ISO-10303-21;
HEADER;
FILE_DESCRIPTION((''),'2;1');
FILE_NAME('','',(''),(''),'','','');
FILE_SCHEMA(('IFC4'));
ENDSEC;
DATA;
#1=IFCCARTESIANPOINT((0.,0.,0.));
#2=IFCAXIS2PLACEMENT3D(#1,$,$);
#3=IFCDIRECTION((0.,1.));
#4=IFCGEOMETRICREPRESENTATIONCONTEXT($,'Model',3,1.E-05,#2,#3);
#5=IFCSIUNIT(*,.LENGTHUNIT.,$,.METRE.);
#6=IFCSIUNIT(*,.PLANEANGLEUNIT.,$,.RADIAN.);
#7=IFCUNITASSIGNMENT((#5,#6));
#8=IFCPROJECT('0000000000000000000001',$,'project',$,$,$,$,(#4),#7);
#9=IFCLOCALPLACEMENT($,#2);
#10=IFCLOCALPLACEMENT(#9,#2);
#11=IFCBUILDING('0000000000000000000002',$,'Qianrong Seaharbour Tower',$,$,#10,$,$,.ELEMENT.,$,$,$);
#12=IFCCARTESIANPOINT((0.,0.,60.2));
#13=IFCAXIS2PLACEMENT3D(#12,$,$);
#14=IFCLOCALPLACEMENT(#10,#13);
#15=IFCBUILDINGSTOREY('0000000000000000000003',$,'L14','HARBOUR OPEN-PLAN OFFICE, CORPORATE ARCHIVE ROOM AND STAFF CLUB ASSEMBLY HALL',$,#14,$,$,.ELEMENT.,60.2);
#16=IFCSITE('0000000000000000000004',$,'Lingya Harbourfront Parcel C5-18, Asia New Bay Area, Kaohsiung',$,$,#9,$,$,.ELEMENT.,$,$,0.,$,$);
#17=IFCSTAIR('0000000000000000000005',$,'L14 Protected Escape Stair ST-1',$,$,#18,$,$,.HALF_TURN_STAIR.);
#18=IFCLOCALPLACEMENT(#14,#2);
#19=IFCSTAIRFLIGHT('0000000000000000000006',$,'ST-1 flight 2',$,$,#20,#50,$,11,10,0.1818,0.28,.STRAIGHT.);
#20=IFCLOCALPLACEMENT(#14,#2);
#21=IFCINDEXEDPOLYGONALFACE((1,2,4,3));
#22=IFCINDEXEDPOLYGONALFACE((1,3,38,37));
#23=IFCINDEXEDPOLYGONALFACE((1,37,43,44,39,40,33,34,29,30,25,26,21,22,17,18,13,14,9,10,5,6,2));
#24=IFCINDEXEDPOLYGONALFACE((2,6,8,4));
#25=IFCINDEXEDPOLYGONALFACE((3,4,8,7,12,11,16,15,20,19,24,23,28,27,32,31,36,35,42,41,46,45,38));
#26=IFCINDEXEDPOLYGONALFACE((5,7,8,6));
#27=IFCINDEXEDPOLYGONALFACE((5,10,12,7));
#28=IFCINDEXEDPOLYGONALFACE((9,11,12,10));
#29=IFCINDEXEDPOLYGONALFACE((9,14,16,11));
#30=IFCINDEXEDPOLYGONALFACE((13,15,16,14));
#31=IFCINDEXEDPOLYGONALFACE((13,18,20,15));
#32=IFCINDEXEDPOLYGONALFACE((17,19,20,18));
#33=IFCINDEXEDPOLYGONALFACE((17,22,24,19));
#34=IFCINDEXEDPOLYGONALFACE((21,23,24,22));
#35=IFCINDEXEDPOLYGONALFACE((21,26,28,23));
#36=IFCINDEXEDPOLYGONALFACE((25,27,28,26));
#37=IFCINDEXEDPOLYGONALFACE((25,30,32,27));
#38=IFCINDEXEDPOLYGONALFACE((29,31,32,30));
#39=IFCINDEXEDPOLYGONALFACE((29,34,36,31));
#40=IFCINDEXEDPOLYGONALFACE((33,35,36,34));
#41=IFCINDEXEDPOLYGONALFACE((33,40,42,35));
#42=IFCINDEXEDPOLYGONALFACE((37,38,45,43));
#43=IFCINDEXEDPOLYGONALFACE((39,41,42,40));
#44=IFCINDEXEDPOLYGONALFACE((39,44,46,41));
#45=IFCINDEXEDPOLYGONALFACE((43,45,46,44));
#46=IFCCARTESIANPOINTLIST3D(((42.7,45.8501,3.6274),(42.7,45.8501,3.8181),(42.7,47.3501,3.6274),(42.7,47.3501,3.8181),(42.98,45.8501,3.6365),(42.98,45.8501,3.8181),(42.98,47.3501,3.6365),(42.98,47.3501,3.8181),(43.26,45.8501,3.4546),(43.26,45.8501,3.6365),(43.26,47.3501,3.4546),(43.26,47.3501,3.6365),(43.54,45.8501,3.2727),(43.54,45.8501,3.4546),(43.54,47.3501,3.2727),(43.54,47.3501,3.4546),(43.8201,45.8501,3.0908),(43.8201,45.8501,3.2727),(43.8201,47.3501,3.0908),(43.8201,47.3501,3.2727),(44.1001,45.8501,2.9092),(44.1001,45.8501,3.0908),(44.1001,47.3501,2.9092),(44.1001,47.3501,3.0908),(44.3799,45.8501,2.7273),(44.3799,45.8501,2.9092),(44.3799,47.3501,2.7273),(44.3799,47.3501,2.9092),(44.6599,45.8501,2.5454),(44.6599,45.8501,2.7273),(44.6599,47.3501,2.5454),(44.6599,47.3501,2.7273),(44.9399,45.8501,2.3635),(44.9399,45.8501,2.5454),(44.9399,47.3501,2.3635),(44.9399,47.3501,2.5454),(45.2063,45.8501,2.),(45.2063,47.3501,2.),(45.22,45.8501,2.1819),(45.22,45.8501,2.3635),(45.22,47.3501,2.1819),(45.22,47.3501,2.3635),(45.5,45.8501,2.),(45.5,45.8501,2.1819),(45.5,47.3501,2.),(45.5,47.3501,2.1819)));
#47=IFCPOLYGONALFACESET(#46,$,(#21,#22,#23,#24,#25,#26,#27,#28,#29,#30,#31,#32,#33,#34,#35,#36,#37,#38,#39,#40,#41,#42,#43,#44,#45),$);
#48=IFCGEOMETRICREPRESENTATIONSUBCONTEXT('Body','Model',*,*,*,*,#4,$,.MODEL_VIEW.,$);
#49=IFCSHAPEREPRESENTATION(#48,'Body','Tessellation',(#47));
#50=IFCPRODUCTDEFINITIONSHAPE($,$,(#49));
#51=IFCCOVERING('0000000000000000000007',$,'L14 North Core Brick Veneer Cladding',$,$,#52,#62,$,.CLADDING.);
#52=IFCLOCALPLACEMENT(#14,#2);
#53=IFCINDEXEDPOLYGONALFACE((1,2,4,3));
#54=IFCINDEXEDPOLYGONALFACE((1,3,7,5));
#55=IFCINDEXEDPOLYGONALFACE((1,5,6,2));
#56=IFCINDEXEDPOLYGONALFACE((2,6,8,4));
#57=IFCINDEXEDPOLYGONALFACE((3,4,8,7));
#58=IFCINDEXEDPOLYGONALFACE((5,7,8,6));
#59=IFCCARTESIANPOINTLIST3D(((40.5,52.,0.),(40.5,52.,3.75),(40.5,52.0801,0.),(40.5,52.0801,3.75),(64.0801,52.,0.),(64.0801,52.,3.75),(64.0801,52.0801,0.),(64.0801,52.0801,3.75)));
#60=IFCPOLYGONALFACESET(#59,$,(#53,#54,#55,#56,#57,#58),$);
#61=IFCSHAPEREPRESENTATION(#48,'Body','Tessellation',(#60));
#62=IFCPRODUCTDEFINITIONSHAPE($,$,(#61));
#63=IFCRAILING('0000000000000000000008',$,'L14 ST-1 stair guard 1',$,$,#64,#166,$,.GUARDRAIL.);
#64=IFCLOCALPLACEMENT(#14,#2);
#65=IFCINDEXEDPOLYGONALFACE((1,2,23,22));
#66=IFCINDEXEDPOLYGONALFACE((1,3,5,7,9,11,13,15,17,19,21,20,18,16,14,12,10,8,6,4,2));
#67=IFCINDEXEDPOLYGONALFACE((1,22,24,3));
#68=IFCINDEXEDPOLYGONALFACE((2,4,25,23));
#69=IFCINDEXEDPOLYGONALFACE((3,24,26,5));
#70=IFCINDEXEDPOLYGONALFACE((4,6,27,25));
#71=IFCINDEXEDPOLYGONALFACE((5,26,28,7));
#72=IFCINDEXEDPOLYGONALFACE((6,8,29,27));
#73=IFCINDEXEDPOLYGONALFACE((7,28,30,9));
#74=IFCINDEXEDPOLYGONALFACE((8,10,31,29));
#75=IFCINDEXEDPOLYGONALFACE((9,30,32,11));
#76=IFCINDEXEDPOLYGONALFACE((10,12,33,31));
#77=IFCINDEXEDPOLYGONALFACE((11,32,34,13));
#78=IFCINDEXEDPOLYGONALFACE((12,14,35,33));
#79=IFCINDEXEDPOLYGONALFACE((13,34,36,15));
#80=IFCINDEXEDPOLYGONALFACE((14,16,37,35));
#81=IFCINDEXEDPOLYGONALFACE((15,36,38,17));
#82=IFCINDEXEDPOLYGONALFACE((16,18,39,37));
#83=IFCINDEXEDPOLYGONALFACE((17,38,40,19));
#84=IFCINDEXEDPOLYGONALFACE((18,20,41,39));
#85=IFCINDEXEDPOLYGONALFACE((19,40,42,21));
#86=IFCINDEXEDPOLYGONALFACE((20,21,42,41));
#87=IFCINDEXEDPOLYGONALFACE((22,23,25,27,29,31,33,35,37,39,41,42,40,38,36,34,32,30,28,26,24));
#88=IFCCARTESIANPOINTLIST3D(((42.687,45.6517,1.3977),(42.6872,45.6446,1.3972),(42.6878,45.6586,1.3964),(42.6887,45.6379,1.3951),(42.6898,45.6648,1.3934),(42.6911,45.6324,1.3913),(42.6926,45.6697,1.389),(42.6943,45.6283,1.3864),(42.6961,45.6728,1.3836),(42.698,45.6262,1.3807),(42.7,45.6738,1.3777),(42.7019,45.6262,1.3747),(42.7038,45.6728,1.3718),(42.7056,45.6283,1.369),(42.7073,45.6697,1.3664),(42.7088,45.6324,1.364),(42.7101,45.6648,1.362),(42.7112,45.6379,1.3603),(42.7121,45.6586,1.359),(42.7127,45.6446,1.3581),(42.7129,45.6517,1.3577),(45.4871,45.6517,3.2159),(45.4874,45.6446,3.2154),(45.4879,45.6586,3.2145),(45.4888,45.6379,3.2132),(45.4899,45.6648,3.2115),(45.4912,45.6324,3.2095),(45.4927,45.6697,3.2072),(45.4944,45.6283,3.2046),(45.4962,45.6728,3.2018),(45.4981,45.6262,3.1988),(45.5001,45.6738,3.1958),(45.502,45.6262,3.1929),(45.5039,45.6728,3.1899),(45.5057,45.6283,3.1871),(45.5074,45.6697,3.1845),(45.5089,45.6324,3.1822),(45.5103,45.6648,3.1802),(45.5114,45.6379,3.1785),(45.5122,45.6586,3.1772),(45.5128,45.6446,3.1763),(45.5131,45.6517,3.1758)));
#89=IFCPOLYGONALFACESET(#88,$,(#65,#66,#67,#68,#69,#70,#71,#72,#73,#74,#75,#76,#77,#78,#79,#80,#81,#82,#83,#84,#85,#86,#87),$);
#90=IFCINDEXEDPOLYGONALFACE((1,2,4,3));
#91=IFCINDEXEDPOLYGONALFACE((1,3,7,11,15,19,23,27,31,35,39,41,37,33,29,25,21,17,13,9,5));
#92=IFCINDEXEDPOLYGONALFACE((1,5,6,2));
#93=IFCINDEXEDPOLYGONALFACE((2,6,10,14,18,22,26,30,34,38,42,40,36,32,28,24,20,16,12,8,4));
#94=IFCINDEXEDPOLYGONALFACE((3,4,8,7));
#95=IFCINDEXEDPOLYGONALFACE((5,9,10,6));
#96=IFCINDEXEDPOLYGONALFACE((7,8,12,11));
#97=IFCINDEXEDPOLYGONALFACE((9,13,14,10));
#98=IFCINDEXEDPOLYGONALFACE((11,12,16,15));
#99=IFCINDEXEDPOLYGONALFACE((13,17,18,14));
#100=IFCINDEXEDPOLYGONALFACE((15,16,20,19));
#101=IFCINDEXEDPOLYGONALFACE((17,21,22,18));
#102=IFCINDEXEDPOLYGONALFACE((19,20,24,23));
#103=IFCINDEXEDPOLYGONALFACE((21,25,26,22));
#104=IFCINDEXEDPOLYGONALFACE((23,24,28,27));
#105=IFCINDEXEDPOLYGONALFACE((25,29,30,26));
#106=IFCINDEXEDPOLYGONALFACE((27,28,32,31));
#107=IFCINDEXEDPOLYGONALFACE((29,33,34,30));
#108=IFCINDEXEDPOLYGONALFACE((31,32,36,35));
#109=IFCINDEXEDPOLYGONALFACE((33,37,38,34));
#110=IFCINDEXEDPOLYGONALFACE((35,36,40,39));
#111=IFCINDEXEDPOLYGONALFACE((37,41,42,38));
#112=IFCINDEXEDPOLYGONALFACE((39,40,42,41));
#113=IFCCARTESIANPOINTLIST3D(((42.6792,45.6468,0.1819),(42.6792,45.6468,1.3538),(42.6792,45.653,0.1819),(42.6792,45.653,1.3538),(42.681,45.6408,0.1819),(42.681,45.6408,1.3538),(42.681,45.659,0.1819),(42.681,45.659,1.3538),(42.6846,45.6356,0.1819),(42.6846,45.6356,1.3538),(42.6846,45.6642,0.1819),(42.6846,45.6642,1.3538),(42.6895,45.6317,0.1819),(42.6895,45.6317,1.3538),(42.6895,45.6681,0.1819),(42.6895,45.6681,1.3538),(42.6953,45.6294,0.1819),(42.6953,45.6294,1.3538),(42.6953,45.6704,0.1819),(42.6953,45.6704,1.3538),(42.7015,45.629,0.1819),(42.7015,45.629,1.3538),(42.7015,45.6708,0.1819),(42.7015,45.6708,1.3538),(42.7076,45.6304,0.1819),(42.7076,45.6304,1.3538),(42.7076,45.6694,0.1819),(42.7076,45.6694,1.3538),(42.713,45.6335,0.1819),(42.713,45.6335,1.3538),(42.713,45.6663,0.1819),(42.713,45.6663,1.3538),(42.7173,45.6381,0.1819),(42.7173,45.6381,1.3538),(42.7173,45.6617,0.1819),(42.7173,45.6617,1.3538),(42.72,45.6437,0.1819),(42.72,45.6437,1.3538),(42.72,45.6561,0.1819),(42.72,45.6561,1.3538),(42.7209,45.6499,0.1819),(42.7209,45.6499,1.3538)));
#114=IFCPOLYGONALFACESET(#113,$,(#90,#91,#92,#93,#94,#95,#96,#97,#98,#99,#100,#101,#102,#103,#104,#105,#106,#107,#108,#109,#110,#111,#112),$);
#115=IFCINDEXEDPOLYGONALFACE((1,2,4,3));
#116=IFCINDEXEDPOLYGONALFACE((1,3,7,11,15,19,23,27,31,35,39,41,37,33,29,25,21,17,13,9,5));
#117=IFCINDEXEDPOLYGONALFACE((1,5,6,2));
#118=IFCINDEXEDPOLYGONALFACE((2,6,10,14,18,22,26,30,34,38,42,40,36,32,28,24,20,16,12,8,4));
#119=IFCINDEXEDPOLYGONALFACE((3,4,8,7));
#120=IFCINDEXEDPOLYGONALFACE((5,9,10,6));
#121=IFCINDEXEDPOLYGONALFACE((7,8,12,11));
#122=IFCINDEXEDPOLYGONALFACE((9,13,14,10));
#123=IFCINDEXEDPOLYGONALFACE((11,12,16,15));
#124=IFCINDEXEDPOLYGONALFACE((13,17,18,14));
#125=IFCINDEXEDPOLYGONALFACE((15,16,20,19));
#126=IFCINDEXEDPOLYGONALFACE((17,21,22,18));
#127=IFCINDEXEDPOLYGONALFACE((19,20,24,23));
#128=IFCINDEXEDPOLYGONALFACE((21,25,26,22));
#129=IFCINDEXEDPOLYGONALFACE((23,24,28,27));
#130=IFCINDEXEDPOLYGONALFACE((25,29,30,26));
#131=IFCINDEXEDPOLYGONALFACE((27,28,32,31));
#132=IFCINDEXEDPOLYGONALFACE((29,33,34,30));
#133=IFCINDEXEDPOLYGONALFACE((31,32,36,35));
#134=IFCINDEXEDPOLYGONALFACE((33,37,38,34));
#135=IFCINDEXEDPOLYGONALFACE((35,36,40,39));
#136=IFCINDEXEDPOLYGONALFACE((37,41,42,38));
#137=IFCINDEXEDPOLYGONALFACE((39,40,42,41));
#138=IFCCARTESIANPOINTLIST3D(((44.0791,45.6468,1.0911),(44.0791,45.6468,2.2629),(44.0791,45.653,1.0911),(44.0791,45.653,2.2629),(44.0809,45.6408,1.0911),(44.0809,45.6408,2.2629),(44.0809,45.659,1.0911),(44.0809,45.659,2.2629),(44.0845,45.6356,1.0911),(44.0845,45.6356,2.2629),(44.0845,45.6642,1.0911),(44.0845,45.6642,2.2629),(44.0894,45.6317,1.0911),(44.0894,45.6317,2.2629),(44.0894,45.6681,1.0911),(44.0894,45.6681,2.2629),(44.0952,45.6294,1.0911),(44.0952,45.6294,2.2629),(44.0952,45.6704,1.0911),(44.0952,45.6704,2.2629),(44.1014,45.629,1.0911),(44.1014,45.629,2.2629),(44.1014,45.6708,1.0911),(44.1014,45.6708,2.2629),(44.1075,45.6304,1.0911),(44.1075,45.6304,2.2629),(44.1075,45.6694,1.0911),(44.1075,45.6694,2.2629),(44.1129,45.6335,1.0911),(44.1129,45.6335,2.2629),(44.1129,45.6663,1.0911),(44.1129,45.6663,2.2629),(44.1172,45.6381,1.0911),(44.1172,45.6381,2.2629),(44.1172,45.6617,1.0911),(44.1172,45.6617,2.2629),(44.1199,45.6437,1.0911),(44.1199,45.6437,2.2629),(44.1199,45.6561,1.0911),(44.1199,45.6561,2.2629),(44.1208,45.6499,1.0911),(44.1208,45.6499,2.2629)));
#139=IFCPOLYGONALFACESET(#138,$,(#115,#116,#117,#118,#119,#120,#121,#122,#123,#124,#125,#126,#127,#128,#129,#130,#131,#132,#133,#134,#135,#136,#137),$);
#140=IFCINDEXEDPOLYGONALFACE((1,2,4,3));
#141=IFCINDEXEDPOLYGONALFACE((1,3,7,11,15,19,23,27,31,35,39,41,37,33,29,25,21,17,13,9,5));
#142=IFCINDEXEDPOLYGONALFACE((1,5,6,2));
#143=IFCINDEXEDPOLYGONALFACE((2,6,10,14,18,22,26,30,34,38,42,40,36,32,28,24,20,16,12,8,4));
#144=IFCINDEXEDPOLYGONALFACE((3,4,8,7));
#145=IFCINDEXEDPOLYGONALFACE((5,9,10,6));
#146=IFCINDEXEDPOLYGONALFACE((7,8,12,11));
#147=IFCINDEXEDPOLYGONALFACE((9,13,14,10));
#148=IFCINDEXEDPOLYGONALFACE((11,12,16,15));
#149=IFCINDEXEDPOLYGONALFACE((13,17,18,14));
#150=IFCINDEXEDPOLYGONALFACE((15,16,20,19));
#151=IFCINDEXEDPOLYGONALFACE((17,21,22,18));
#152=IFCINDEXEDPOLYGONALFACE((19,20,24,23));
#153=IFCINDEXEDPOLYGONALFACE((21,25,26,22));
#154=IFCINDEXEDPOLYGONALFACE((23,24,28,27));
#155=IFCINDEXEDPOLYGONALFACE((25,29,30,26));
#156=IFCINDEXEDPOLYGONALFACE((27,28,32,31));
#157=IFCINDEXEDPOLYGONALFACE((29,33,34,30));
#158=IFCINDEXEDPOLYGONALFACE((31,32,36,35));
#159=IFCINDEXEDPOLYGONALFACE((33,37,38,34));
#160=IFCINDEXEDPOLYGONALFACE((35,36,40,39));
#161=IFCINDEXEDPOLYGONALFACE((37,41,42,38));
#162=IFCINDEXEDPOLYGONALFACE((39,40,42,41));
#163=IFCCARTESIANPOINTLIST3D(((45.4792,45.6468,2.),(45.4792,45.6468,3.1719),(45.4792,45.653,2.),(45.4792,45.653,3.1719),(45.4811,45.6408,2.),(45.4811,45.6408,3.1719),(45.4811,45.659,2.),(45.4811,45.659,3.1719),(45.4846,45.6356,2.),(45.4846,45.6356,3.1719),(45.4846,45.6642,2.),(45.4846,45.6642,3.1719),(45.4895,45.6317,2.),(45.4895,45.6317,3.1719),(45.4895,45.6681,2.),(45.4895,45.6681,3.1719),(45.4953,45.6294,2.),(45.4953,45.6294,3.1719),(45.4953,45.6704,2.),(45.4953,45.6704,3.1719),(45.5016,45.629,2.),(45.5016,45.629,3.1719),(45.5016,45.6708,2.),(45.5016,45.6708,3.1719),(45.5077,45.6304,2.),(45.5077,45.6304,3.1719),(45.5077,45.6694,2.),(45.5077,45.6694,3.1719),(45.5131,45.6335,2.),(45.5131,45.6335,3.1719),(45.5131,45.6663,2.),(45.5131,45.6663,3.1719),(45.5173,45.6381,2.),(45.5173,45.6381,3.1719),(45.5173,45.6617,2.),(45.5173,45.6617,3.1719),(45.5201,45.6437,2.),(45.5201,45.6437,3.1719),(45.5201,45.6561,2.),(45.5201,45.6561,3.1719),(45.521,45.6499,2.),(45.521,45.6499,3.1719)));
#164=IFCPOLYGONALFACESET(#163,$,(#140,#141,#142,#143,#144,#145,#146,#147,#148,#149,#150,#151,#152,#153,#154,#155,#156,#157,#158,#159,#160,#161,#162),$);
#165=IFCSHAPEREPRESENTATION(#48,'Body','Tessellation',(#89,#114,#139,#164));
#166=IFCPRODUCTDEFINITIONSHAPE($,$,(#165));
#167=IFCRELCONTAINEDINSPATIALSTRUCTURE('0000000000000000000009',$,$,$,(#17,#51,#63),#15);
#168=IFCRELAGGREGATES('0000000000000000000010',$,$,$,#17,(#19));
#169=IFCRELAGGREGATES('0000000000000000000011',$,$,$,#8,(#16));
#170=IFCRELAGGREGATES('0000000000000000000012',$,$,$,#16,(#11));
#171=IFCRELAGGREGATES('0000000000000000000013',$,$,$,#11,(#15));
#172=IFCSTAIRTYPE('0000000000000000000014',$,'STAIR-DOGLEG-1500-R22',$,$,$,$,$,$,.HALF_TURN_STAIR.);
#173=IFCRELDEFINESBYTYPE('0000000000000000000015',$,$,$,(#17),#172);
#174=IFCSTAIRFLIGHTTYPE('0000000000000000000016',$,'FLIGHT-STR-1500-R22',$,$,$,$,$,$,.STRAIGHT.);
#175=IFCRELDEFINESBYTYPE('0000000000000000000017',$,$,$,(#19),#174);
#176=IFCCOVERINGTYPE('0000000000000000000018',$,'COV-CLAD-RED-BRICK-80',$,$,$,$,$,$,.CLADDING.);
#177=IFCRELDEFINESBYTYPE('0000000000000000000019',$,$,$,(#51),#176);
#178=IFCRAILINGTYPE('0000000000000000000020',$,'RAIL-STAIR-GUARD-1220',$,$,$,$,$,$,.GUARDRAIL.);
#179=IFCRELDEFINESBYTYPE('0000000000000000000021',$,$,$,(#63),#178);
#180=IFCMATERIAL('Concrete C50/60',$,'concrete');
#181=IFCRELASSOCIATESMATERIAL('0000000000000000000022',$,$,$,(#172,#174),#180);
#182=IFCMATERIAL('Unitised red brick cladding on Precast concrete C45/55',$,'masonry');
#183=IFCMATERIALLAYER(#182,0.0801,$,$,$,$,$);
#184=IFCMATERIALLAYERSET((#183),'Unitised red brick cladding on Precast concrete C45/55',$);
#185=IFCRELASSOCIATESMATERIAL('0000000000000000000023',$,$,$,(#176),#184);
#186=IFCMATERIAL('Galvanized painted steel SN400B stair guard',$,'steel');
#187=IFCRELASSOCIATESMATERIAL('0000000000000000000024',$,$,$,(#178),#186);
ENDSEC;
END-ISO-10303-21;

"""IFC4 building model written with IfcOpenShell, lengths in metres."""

from ifc_helpers import new_model, si_unit, direction, frame, origin, origin_2d, place, context, subcontext, project, spatial, polyline, rectangle, circle, outline, extrude, material, layer, layer_set, type_object, element, aggregate, save


model = new_model("IFC4")

# Units and contexts
model_context = context("Model", 3, precision=1e-05, world=origin(), true_north=direction((0.0, 1.0)))
body_context = subcontext(model_context, "Body", "Model", "MODEL_VIEW")
ifc_project = project(units=[si_unit("LENGTHUNIT", "METRE"), si_unit("PLANEANGLEUNIT", "RADIAN")], contexts=[model_context])

# Site, building, storey
site_placement = place(None, origin())
site = spatial("IfcSite", under=ifc_project, at=site_placement, Name="Lingya Harbourfront Parcel C5-18, Asia New Bay Area, Kaohsiung", CompositionType="ELEMENT", RefElevation=0.0)
building_placement = place(site_placement, origin())
building = spatial("IfcBuilding", under=site, at=building_placement, Name="Qianrong Seaharbour Tower", CompositionType="ELEMENT")
storey_placement = place(building_placement, frame((0.0, 0.0, 60.2)))
storey = spatial("IfcBuildingStorey", under=building, at=storey_placement, Name="L14", Description="HARBOUR OPEN-PLAN OFFICE, CORPORATE ARCHIVE ROOM AND STAFF CLUB ASSEMBLY HALL", CompositionType="ELEMENT", Elevation=60.2)

# Stair, stair flight
ifc_material_1 = material(Name="Concrete C50/60", Category="concrete")
stair_type = type_object("IfcStairType", Name="STAIR-DOGLEG-1500-R22", PredefinedType="HALF_TURN_STAIR", material=ifc_material_1)
stair_placement = place(storey_placement, origin())
stair = element("IfcStair", 1, at=stair_placement, inside=storey, type_object=stair_type, Name="L14 Protected Escape Stair ST-1", PredefinedType="HALF_TURN_STAIR")
stair_flight_type = type_object("IfcStairFlightType", Name="FLIGHT-STR-1500-R22", PredefinedType="STRAIGHT", material=ifc_material_1)
stair_flight_placement = place(storey_placement, frame((45.5, 46.6001, 2.0), z_axis=(0.0, 0.0, 1.0), x_axis=(-1.0, 0.0, 0.0)))
stair_flight = element("IfcStairFlight", 2, at=stair_flight_placement, type_object=stair_flight_type, Name="ST-1 flight 2", NumberOfRisers=11, NumberOfTreads=10, PredefinedType="STRAIGHT", RiserHeight=0.1818, TreadLength=0.28, context=body_context, shape_type="SweptSolid", body=[
    extrude(outline(polyline([(0.0, 0.0), (0.0, 0.1819), (0.28, 0.1819), (0.28, 0.3635), (0.5601, 0.3635), (0.5601, 0.5454), (0.8401, 0.5454), (0.8401, 0.7273), (1.1201, 0.7273), (1.1201, 0.9092), (1.3999, 0.9092), (1.3999, 1.0908), (1.6799, 1.0908), (1.6799, 1.2727), (1.96, 1.2727), (1.96, 1.4546), (2.24, 1.4546), (2.24, 1.6365), (2.52, 1.6365), (2.52, 1.8181), (2.8, 1.8181), (2.8, 2.0), (2.8, 1.6274), (0.2937, 0.0), (0.0, 0.0)])), frame((0.0, 0.75, 0.0), z_axis=(0.0, -1.0, 0.0), x_axis=(1.0, 0.0, 0.0)), (0.0, 0.0, 1.0), 1.5),
])
aggregate(stair, [stair_flight])

# Covering
ifc_material_2 = material(Name="Unitised red brick cladding on Precast concrete C45/55", Category="masonry")
ifc_layer_1 = layer(ifc_material_2, 0.0801)
ifc_layer_set_1 = layer_set([ifc_layer_1], Name="Unitised red brick cladding on Precast concrete C45/55")
covering_type = type_object("IfcCoveringType", Name="COV-CLAD-RED-BRICK-80", PredefinedType="CLADDING", material=ifc_layer_set_1)
covering_placement = place(storey_placement, frame((52.29, 52.04, 0.0), z_axis=(0.0, 0.0, 1.0), x_axis=(1.0, 0.0, 0.0)))
element("IfcCovering", 3, at=covering_placement, inside=storey, type_object=covering_type, Name="L14 North Core Brick Veneer Cladding", PredefinedType="CLADDING", context=body_context, shape_type="SweptSolid", body=[
    extrude(rectangle(XDim=23.5801, YDim=0.0801, at=origin_2d()), origin(), (0.0, 0.0, 1.0), 3.75),
])

# Railing
ifc_material_3 = material(Name="Galvanized painted steel SN400B stair guard", Category="steel")
railing_type_1 = type_object("IfcRailingType", Name="RAIL-STAIR-GUARD-1220", PredefinedType="GUARDRAIL", material=ifc_material_3)
railing_1_placement = place(storey_placement, frame((42.7, 45.6499, 0.1819)))
element("IfcRailing", 4, at=railing_1_placement, inside=storey, type_object=railing_type_1, Name="L14 ST-1 stair guard 1", PredefinedType="GUARDRAIL", context=body_context, shape_type="SweptSolid", body=[
    extrude(circle(Radius=0.0239, at=origin_2d()), frame((0.0, 0.0, 1.1958), z_axis=(0.838706, 0.0, 0.544585), x_axis=(0.0, 1.0, 0.0)), (0.0, 0.0, 1.0), 3.3386),
    extrude(circle(Radius=0.021, at=origin_2d()), origin(), (0.0, 0.0, 1.0), 1.1719),
    extrude(circle(Radius=0.021, at=origin_2d()), frame((1.3999, 0.0, 0.9092)), (0.0, 0.0, 1.0), 1.1719),
    extrude(circle(Radius=0.021, at=origin_2d()), frame((2.8, 0.0, 1.8181)), (0.0, 0.0, 1.0), 1.1719),
])

save(model, "model.ifc")
